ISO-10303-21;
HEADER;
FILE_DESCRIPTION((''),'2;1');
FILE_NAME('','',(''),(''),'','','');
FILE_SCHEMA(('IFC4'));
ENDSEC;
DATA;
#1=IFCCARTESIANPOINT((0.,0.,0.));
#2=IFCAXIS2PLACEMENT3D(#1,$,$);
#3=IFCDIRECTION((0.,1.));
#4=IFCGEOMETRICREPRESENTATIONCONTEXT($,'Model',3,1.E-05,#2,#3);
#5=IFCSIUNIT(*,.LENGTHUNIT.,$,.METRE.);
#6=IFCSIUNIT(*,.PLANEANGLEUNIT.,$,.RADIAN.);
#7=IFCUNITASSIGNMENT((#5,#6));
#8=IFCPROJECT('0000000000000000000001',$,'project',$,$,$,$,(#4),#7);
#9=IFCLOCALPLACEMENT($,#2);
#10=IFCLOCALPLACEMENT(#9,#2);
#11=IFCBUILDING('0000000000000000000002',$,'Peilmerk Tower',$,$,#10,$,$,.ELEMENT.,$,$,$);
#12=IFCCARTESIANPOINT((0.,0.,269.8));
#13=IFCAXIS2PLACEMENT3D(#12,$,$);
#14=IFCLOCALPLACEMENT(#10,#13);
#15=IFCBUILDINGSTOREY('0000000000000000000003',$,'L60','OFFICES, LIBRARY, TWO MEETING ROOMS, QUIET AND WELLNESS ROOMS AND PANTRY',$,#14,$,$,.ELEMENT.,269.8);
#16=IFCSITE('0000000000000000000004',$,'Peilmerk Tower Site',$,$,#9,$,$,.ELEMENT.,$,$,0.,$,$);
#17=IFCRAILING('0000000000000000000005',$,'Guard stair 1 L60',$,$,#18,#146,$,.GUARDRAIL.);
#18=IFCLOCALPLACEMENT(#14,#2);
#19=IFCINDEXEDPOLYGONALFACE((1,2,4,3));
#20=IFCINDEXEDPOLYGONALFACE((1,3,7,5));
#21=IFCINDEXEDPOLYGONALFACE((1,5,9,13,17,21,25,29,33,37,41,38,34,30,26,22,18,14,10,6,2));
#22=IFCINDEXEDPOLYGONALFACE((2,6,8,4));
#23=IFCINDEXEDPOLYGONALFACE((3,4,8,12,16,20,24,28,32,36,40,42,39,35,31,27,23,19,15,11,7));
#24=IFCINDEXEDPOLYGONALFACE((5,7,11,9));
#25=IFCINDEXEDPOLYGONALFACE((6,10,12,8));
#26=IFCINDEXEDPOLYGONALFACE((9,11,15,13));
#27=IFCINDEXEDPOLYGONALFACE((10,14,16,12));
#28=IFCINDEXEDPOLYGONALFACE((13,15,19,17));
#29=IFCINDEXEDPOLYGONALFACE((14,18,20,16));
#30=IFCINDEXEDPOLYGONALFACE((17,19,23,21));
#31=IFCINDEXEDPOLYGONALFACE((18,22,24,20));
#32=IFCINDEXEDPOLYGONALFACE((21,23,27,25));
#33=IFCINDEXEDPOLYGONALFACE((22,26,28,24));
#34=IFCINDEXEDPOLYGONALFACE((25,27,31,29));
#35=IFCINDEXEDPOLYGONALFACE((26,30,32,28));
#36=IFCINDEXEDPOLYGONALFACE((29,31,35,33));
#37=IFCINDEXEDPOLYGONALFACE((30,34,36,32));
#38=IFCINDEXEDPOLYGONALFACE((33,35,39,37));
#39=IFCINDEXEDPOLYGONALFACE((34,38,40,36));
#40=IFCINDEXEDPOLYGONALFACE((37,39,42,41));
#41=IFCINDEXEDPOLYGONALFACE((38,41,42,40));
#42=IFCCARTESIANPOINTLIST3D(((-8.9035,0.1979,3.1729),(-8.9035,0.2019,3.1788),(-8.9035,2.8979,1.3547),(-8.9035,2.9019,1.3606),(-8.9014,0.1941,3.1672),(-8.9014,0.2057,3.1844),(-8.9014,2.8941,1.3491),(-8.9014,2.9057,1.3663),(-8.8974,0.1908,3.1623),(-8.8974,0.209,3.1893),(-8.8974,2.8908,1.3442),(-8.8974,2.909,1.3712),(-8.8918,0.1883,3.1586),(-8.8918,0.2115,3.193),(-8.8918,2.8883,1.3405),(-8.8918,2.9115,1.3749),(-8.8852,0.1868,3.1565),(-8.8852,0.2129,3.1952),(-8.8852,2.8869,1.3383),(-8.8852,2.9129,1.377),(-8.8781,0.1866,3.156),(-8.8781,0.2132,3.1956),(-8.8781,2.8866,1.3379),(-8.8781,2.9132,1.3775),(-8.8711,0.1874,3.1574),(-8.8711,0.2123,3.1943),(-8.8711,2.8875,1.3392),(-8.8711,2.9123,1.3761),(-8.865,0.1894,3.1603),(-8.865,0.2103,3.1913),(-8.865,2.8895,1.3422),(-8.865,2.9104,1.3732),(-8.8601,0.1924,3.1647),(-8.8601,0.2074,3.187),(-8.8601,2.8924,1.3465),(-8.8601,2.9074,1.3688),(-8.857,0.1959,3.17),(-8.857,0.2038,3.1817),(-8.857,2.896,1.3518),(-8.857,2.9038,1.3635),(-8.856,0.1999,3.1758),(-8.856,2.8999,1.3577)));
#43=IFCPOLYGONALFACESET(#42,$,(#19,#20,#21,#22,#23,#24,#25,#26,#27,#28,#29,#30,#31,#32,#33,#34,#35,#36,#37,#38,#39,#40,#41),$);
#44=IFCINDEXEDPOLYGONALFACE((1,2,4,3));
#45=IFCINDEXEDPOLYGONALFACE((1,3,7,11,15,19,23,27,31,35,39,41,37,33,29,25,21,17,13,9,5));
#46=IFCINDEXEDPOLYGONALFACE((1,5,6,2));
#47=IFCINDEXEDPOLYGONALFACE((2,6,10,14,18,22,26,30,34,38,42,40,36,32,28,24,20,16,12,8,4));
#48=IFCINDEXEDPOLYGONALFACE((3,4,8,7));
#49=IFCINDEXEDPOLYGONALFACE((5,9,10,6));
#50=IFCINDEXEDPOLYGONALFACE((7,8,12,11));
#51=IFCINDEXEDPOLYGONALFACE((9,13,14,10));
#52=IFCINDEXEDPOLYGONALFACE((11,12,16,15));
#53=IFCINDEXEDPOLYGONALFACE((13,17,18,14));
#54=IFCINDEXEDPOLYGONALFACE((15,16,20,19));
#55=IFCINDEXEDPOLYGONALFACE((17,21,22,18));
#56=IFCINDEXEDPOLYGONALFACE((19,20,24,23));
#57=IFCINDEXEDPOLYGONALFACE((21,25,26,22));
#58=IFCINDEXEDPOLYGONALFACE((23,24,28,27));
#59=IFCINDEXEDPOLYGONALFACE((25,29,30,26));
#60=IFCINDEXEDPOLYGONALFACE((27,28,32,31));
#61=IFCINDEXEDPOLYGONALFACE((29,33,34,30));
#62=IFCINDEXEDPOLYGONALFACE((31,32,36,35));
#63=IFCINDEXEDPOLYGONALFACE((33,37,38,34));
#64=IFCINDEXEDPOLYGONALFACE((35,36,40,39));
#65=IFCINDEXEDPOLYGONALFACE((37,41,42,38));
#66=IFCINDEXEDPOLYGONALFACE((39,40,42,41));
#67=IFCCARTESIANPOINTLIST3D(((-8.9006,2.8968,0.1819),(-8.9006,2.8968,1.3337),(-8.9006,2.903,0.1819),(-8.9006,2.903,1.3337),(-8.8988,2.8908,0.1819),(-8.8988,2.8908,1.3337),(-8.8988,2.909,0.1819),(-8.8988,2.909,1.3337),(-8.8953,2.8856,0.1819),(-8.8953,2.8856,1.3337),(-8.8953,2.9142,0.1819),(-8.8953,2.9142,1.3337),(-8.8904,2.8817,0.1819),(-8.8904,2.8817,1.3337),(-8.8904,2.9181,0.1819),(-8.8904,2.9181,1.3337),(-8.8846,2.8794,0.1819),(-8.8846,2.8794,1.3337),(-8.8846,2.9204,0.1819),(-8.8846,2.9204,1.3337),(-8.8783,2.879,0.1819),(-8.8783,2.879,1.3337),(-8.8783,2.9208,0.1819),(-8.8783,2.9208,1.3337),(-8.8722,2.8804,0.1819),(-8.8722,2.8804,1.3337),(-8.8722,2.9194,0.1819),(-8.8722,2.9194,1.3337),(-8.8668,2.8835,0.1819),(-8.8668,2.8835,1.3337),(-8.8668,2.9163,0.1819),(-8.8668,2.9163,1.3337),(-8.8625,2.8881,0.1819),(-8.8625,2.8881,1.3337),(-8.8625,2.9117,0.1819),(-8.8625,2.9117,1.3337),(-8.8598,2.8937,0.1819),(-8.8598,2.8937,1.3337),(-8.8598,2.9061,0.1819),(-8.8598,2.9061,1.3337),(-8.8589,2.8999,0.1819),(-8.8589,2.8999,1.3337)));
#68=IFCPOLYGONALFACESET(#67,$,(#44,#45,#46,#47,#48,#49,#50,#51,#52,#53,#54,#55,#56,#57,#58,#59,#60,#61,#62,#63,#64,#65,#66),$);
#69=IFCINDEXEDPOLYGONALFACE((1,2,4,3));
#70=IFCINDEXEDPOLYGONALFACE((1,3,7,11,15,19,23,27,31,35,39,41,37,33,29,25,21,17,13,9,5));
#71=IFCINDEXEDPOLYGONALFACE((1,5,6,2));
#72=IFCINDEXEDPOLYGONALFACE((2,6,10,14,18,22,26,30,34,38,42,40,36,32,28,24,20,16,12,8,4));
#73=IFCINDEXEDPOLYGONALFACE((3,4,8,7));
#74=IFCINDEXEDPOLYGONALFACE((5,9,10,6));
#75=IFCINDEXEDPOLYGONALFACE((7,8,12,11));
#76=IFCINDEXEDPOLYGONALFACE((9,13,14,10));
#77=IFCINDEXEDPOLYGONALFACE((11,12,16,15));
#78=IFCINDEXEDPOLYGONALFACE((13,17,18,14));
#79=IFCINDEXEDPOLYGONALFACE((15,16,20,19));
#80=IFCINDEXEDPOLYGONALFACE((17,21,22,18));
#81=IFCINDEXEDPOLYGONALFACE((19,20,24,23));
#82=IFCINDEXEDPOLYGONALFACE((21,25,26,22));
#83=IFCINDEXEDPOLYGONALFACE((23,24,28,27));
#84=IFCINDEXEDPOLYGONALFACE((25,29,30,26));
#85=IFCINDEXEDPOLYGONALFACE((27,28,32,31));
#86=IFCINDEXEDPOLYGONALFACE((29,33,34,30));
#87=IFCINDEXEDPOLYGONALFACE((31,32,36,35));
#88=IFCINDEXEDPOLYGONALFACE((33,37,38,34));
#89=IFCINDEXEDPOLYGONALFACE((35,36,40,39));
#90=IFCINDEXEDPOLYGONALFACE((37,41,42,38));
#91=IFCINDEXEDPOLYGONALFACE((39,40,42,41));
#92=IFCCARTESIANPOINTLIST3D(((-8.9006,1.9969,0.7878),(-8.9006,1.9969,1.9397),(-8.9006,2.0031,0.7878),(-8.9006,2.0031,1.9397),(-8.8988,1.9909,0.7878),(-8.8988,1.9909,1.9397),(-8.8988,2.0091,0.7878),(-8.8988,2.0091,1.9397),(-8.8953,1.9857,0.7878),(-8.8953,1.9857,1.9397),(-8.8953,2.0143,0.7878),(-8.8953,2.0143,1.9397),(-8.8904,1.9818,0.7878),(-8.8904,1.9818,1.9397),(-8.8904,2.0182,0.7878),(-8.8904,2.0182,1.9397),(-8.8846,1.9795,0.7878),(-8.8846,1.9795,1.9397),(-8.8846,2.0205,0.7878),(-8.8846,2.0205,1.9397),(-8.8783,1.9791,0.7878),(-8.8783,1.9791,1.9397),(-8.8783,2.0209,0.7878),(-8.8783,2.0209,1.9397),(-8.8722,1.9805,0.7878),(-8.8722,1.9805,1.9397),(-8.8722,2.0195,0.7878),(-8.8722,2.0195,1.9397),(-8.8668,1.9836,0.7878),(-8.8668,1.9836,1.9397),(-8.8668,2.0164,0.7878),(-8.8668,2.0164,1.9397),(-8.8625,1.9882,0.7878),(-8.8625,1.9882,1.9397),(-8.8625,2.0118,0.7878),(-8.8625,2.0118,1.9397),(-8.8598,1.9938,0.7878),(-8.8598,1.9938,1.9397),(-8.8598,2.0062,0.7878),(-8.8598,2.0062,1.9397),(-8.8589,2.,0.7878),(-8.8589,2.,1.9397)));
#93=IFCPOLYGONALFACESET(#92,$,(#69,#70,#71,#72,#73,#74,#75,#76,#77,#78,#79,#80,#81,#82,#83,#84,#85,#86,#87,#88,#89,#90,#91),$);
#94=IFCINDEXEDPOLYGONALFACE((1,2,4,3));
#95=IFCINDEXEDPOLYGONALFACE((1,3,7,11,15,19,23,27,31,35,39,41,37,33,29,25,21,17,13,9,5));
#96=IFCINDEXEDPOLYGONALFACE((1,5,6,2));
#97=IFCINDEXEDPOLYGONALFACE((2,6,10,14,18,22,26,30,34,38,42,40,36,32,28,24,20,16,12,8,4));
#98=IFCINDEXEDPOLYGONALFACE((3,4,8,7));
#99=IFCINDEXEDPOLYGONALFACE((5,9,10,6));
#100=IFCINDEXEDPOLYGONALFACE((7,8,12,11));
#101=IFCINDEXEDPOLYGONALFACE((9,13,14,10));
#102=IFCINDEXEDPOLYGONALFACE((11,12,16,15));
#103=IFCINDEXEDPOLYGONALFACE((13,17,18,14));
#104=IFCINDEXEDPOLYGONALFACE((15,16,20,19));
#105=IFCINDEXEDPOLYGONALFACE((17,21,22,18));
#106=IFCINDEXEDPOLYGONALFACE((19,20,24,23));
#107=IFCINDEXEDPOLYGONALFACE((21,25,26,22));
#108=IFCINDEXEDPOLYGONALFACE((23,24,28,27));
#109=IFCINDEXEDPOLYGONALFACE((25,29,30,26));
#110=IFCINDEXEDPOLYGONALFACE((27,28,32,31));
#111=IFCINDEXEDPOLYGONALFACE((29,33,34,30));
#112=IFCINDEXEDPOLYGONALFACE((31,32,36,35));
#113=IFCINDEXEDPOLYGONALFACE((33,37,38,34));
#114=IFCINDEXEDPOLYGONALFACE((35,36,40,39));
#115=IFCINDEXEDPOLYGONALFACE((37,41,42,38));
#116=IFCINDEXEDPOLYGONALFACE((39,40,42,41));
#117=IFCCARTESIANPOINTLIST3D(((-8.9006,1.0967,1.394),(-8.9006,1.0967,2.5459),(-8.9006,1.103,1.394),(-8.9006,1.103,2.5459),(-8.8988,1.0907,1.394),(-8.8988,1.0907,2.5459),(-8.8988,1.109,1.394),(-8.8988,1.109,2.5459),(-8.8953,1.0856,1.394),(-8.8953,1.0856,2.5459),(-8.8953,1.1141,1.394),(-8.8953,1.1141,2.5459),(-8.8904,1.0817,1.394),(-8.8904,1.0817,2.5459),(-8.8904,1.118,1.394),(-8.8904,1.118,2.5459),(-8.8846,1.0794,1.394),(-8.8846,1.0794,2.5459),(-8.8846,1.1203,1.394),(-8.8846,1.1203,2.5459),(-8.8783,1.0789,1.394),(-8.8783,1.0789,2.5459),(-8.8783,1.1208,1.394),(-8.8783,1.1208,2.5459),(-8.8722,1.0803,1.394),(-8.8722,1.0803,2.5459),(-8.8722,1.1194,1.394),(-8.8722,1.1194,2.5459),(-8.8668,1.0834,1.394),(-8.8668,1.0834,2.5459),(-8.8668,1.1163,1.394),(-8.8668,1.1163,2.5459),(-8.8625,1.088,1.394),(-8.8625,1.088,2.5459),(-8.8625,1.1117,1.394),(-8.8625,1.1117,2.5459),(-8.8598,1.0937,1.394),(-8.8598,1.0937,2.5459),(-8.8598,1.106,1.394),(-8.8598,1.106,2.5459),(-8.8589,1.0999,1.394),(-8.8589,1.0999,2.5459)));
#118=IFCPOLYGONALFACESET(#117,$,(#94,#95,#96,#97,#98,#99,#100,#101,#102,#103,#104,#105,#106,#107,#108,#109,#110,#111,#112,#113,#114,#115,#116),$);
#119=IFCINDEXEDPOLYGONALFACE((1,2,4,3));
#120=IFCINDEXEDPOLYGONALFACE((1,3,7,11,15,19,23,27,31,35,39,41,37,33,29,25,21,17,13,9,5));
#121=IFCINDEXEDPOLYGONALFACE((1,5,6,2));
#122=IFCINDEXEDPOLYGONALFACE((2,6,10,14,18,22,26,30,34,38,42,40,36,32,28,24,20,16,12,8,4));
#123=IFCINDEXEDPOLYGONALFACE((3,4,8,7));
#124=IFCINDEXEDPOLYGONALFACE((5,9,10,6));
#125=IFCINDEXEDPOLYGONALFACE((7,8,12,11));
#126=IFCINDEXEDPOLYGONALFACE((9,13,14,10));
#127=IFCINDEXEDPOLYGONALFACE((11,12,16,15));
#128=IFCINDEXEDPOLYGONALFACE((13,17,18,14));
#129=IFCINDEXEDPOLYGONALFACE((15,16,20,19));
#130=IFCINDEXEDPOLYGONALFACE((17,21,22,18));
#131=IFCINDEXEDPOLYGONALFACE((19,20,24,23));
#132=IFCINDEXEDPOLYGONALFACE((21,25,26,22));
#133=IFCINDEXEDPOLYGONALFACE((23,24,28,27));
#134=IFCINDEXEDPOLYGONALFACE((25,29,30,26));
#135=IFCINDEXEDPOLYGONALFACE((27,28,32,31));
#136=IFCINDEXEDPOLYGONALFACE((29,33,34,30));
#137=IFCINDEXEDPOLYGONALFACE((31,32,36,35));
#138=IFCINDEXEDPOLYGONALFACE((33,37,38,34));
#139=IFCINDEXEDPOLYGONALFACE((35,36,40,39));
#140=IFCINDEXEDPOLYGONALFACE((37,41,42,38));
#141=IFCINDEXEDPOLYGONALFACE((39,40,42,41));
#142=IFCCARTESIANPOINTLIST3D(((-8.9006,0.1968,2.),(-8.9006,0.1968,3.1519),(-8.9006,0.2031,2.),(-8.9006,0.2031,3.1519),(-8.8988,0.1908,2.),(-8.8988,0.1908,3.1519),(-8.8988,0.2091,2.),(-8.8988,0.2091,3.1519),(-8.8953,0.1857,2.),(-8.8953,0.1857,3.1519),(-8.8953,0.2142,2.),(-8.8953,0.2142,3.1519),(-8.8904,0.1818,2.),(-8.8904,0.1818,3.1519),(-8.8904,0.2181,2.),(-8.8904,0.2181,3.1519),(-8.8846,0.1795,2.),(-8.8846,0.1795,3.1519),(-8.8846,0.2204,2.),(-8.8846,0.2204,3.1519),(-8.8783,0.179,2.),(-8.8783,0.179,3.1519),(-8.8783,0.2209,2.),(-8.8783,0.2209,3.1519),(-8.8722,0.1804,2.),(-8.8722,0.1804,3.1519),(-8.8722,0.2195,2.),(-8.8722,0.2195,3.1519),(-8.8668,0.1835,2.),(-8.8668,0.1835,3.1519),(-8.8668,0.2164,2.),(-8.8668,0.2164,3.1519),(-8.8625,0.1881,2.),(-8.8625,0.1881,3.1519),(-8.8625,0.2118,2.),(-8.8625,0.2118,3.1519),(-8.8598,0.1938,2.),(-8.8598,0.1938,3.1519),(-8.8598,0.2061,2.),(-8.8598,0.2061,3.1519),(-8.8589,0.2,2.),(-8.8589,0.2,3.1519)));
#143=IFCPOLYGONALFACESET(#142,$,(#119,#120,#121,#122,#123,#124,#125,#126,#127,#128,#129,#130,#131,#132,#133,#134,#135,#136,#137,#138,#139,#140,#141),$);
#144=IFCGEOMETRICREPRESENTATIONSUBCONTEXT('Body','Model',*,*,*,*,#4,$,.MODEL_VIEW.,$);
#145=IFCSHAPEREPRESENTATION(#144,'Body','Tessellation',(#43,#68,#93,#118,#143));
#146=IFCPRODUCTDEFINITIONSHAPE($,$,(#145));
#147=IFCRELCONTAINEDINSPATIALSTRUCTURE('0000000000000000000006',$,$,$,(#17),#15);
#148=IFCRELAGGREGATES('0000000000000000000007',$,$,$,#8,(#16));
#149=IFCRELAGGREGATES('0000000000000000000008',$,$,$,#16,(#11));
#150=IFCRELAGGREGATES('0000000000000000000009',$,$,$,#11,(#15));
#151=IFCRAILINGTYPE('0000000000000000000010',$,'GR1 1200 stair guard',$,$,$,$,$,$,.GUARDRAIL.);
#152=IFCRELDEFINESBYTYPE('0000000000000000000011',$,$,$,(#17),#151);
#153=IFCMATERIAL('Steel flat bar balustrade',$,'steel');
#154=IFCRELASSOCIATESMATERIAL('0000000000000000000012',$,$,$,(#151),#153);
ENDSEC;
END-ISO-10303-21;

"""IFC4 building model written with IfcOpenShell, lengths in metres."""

from ifc_helpers import new_model, si_unit, direction, frame, origin, origin_2d, place, context, subcontext, project, spatial, circle, extrude, material, type_object, element, save


model = new_model("IFC4")

# Units and contexts
model_context = context("Model", 3, precision=1e-05, world=origin(), true_north=direction((0.0, 1.0)))
body_context = subcontext(model_context, "Body", "Model", "MODEL_VIEW")
ifc_project = project(units=[si_unit("LENGTHUNIT", "METRE"), si_unit("PLANEANGLEUNIT", "RADIAN")], contexts=[model_context])

# Site, building, storey
site_placement = place(None, origin())
site = spatial("IfcSite", under=ifc_project, at=site_placement, Name="Peilmerk Tower Site", CompositionType="ELEMENT", RefElevation=0.0)
building_placement = place(site_placement, origin())
building = spatial("IfcBuilding", under=site, at=building_placement, Name="Peilmerk Tower", CompositionType="ELEMENT")
storey_placement = place(building_placement, frame((0.0, 0.0, 269.8)))
storey = spatial("IfcBuildingStorey", under=building, at=storey_placement, Name="L60", Description="OFFICES, LIBRARY, TWO MEETING ROOMS, QUIET AND WELLNESS ROOMS AND PANTRY", CompositionType="ELEMENT", Elevation=269.8)

# Railing
ifc_material_1 = material(Name="Steel flat bar balustrade", Category="steel")
railing_type_1 = type_object("IfcRailingType", Name="GR1 1200 stair guard", PredefinedType="GUARDRAIL", material=ifc_material_1)
railing_1_placement = place(storey_placement, frame((-8.8799, 2.8999, 0.1819)))
element("IfcRailing", 1, at=railing_1_placement, inside=storey, type_object=railing_type_1, Name="Guard stair 1 L60", PredefinedType="GUARDRAIL", context=body_context, shape_type="SweptSolid", body=[
    extrude(circle(Radius=0.0239, at=origin_2d()), frame((0.0, 0.0, 1.1758), z_axis=(0.0, -0.829468, 0.558554), x_axis=(1.0, 0.0, 0.0)), (0.0, 0.0, 1.0), 3.2551),
    extrude(circle(Radius=0.021, at=origin_2d()), origin(), (0.0, 0.0, 1.0), 1.1519),
    extrude(circle(Radius=0.021, at=origin_2d()), frame((0.0, -0.8999, 0.606)), (0.0, 0.0, 1.0), 1.1519),
    extrude(circle(Radius=0.021, at=origin_2d()), frame((0.0, -1.8, 1.2122)), (0.0, 0.0, 1.0), 1.1519),
    extrude(circle(Radius=0.021, at=origin_2d()), frame((0.0, -2.7, 1.8181)), (0.0, 0.0, 1.0), 1.1519),
])

save(model, "model.ifc")
